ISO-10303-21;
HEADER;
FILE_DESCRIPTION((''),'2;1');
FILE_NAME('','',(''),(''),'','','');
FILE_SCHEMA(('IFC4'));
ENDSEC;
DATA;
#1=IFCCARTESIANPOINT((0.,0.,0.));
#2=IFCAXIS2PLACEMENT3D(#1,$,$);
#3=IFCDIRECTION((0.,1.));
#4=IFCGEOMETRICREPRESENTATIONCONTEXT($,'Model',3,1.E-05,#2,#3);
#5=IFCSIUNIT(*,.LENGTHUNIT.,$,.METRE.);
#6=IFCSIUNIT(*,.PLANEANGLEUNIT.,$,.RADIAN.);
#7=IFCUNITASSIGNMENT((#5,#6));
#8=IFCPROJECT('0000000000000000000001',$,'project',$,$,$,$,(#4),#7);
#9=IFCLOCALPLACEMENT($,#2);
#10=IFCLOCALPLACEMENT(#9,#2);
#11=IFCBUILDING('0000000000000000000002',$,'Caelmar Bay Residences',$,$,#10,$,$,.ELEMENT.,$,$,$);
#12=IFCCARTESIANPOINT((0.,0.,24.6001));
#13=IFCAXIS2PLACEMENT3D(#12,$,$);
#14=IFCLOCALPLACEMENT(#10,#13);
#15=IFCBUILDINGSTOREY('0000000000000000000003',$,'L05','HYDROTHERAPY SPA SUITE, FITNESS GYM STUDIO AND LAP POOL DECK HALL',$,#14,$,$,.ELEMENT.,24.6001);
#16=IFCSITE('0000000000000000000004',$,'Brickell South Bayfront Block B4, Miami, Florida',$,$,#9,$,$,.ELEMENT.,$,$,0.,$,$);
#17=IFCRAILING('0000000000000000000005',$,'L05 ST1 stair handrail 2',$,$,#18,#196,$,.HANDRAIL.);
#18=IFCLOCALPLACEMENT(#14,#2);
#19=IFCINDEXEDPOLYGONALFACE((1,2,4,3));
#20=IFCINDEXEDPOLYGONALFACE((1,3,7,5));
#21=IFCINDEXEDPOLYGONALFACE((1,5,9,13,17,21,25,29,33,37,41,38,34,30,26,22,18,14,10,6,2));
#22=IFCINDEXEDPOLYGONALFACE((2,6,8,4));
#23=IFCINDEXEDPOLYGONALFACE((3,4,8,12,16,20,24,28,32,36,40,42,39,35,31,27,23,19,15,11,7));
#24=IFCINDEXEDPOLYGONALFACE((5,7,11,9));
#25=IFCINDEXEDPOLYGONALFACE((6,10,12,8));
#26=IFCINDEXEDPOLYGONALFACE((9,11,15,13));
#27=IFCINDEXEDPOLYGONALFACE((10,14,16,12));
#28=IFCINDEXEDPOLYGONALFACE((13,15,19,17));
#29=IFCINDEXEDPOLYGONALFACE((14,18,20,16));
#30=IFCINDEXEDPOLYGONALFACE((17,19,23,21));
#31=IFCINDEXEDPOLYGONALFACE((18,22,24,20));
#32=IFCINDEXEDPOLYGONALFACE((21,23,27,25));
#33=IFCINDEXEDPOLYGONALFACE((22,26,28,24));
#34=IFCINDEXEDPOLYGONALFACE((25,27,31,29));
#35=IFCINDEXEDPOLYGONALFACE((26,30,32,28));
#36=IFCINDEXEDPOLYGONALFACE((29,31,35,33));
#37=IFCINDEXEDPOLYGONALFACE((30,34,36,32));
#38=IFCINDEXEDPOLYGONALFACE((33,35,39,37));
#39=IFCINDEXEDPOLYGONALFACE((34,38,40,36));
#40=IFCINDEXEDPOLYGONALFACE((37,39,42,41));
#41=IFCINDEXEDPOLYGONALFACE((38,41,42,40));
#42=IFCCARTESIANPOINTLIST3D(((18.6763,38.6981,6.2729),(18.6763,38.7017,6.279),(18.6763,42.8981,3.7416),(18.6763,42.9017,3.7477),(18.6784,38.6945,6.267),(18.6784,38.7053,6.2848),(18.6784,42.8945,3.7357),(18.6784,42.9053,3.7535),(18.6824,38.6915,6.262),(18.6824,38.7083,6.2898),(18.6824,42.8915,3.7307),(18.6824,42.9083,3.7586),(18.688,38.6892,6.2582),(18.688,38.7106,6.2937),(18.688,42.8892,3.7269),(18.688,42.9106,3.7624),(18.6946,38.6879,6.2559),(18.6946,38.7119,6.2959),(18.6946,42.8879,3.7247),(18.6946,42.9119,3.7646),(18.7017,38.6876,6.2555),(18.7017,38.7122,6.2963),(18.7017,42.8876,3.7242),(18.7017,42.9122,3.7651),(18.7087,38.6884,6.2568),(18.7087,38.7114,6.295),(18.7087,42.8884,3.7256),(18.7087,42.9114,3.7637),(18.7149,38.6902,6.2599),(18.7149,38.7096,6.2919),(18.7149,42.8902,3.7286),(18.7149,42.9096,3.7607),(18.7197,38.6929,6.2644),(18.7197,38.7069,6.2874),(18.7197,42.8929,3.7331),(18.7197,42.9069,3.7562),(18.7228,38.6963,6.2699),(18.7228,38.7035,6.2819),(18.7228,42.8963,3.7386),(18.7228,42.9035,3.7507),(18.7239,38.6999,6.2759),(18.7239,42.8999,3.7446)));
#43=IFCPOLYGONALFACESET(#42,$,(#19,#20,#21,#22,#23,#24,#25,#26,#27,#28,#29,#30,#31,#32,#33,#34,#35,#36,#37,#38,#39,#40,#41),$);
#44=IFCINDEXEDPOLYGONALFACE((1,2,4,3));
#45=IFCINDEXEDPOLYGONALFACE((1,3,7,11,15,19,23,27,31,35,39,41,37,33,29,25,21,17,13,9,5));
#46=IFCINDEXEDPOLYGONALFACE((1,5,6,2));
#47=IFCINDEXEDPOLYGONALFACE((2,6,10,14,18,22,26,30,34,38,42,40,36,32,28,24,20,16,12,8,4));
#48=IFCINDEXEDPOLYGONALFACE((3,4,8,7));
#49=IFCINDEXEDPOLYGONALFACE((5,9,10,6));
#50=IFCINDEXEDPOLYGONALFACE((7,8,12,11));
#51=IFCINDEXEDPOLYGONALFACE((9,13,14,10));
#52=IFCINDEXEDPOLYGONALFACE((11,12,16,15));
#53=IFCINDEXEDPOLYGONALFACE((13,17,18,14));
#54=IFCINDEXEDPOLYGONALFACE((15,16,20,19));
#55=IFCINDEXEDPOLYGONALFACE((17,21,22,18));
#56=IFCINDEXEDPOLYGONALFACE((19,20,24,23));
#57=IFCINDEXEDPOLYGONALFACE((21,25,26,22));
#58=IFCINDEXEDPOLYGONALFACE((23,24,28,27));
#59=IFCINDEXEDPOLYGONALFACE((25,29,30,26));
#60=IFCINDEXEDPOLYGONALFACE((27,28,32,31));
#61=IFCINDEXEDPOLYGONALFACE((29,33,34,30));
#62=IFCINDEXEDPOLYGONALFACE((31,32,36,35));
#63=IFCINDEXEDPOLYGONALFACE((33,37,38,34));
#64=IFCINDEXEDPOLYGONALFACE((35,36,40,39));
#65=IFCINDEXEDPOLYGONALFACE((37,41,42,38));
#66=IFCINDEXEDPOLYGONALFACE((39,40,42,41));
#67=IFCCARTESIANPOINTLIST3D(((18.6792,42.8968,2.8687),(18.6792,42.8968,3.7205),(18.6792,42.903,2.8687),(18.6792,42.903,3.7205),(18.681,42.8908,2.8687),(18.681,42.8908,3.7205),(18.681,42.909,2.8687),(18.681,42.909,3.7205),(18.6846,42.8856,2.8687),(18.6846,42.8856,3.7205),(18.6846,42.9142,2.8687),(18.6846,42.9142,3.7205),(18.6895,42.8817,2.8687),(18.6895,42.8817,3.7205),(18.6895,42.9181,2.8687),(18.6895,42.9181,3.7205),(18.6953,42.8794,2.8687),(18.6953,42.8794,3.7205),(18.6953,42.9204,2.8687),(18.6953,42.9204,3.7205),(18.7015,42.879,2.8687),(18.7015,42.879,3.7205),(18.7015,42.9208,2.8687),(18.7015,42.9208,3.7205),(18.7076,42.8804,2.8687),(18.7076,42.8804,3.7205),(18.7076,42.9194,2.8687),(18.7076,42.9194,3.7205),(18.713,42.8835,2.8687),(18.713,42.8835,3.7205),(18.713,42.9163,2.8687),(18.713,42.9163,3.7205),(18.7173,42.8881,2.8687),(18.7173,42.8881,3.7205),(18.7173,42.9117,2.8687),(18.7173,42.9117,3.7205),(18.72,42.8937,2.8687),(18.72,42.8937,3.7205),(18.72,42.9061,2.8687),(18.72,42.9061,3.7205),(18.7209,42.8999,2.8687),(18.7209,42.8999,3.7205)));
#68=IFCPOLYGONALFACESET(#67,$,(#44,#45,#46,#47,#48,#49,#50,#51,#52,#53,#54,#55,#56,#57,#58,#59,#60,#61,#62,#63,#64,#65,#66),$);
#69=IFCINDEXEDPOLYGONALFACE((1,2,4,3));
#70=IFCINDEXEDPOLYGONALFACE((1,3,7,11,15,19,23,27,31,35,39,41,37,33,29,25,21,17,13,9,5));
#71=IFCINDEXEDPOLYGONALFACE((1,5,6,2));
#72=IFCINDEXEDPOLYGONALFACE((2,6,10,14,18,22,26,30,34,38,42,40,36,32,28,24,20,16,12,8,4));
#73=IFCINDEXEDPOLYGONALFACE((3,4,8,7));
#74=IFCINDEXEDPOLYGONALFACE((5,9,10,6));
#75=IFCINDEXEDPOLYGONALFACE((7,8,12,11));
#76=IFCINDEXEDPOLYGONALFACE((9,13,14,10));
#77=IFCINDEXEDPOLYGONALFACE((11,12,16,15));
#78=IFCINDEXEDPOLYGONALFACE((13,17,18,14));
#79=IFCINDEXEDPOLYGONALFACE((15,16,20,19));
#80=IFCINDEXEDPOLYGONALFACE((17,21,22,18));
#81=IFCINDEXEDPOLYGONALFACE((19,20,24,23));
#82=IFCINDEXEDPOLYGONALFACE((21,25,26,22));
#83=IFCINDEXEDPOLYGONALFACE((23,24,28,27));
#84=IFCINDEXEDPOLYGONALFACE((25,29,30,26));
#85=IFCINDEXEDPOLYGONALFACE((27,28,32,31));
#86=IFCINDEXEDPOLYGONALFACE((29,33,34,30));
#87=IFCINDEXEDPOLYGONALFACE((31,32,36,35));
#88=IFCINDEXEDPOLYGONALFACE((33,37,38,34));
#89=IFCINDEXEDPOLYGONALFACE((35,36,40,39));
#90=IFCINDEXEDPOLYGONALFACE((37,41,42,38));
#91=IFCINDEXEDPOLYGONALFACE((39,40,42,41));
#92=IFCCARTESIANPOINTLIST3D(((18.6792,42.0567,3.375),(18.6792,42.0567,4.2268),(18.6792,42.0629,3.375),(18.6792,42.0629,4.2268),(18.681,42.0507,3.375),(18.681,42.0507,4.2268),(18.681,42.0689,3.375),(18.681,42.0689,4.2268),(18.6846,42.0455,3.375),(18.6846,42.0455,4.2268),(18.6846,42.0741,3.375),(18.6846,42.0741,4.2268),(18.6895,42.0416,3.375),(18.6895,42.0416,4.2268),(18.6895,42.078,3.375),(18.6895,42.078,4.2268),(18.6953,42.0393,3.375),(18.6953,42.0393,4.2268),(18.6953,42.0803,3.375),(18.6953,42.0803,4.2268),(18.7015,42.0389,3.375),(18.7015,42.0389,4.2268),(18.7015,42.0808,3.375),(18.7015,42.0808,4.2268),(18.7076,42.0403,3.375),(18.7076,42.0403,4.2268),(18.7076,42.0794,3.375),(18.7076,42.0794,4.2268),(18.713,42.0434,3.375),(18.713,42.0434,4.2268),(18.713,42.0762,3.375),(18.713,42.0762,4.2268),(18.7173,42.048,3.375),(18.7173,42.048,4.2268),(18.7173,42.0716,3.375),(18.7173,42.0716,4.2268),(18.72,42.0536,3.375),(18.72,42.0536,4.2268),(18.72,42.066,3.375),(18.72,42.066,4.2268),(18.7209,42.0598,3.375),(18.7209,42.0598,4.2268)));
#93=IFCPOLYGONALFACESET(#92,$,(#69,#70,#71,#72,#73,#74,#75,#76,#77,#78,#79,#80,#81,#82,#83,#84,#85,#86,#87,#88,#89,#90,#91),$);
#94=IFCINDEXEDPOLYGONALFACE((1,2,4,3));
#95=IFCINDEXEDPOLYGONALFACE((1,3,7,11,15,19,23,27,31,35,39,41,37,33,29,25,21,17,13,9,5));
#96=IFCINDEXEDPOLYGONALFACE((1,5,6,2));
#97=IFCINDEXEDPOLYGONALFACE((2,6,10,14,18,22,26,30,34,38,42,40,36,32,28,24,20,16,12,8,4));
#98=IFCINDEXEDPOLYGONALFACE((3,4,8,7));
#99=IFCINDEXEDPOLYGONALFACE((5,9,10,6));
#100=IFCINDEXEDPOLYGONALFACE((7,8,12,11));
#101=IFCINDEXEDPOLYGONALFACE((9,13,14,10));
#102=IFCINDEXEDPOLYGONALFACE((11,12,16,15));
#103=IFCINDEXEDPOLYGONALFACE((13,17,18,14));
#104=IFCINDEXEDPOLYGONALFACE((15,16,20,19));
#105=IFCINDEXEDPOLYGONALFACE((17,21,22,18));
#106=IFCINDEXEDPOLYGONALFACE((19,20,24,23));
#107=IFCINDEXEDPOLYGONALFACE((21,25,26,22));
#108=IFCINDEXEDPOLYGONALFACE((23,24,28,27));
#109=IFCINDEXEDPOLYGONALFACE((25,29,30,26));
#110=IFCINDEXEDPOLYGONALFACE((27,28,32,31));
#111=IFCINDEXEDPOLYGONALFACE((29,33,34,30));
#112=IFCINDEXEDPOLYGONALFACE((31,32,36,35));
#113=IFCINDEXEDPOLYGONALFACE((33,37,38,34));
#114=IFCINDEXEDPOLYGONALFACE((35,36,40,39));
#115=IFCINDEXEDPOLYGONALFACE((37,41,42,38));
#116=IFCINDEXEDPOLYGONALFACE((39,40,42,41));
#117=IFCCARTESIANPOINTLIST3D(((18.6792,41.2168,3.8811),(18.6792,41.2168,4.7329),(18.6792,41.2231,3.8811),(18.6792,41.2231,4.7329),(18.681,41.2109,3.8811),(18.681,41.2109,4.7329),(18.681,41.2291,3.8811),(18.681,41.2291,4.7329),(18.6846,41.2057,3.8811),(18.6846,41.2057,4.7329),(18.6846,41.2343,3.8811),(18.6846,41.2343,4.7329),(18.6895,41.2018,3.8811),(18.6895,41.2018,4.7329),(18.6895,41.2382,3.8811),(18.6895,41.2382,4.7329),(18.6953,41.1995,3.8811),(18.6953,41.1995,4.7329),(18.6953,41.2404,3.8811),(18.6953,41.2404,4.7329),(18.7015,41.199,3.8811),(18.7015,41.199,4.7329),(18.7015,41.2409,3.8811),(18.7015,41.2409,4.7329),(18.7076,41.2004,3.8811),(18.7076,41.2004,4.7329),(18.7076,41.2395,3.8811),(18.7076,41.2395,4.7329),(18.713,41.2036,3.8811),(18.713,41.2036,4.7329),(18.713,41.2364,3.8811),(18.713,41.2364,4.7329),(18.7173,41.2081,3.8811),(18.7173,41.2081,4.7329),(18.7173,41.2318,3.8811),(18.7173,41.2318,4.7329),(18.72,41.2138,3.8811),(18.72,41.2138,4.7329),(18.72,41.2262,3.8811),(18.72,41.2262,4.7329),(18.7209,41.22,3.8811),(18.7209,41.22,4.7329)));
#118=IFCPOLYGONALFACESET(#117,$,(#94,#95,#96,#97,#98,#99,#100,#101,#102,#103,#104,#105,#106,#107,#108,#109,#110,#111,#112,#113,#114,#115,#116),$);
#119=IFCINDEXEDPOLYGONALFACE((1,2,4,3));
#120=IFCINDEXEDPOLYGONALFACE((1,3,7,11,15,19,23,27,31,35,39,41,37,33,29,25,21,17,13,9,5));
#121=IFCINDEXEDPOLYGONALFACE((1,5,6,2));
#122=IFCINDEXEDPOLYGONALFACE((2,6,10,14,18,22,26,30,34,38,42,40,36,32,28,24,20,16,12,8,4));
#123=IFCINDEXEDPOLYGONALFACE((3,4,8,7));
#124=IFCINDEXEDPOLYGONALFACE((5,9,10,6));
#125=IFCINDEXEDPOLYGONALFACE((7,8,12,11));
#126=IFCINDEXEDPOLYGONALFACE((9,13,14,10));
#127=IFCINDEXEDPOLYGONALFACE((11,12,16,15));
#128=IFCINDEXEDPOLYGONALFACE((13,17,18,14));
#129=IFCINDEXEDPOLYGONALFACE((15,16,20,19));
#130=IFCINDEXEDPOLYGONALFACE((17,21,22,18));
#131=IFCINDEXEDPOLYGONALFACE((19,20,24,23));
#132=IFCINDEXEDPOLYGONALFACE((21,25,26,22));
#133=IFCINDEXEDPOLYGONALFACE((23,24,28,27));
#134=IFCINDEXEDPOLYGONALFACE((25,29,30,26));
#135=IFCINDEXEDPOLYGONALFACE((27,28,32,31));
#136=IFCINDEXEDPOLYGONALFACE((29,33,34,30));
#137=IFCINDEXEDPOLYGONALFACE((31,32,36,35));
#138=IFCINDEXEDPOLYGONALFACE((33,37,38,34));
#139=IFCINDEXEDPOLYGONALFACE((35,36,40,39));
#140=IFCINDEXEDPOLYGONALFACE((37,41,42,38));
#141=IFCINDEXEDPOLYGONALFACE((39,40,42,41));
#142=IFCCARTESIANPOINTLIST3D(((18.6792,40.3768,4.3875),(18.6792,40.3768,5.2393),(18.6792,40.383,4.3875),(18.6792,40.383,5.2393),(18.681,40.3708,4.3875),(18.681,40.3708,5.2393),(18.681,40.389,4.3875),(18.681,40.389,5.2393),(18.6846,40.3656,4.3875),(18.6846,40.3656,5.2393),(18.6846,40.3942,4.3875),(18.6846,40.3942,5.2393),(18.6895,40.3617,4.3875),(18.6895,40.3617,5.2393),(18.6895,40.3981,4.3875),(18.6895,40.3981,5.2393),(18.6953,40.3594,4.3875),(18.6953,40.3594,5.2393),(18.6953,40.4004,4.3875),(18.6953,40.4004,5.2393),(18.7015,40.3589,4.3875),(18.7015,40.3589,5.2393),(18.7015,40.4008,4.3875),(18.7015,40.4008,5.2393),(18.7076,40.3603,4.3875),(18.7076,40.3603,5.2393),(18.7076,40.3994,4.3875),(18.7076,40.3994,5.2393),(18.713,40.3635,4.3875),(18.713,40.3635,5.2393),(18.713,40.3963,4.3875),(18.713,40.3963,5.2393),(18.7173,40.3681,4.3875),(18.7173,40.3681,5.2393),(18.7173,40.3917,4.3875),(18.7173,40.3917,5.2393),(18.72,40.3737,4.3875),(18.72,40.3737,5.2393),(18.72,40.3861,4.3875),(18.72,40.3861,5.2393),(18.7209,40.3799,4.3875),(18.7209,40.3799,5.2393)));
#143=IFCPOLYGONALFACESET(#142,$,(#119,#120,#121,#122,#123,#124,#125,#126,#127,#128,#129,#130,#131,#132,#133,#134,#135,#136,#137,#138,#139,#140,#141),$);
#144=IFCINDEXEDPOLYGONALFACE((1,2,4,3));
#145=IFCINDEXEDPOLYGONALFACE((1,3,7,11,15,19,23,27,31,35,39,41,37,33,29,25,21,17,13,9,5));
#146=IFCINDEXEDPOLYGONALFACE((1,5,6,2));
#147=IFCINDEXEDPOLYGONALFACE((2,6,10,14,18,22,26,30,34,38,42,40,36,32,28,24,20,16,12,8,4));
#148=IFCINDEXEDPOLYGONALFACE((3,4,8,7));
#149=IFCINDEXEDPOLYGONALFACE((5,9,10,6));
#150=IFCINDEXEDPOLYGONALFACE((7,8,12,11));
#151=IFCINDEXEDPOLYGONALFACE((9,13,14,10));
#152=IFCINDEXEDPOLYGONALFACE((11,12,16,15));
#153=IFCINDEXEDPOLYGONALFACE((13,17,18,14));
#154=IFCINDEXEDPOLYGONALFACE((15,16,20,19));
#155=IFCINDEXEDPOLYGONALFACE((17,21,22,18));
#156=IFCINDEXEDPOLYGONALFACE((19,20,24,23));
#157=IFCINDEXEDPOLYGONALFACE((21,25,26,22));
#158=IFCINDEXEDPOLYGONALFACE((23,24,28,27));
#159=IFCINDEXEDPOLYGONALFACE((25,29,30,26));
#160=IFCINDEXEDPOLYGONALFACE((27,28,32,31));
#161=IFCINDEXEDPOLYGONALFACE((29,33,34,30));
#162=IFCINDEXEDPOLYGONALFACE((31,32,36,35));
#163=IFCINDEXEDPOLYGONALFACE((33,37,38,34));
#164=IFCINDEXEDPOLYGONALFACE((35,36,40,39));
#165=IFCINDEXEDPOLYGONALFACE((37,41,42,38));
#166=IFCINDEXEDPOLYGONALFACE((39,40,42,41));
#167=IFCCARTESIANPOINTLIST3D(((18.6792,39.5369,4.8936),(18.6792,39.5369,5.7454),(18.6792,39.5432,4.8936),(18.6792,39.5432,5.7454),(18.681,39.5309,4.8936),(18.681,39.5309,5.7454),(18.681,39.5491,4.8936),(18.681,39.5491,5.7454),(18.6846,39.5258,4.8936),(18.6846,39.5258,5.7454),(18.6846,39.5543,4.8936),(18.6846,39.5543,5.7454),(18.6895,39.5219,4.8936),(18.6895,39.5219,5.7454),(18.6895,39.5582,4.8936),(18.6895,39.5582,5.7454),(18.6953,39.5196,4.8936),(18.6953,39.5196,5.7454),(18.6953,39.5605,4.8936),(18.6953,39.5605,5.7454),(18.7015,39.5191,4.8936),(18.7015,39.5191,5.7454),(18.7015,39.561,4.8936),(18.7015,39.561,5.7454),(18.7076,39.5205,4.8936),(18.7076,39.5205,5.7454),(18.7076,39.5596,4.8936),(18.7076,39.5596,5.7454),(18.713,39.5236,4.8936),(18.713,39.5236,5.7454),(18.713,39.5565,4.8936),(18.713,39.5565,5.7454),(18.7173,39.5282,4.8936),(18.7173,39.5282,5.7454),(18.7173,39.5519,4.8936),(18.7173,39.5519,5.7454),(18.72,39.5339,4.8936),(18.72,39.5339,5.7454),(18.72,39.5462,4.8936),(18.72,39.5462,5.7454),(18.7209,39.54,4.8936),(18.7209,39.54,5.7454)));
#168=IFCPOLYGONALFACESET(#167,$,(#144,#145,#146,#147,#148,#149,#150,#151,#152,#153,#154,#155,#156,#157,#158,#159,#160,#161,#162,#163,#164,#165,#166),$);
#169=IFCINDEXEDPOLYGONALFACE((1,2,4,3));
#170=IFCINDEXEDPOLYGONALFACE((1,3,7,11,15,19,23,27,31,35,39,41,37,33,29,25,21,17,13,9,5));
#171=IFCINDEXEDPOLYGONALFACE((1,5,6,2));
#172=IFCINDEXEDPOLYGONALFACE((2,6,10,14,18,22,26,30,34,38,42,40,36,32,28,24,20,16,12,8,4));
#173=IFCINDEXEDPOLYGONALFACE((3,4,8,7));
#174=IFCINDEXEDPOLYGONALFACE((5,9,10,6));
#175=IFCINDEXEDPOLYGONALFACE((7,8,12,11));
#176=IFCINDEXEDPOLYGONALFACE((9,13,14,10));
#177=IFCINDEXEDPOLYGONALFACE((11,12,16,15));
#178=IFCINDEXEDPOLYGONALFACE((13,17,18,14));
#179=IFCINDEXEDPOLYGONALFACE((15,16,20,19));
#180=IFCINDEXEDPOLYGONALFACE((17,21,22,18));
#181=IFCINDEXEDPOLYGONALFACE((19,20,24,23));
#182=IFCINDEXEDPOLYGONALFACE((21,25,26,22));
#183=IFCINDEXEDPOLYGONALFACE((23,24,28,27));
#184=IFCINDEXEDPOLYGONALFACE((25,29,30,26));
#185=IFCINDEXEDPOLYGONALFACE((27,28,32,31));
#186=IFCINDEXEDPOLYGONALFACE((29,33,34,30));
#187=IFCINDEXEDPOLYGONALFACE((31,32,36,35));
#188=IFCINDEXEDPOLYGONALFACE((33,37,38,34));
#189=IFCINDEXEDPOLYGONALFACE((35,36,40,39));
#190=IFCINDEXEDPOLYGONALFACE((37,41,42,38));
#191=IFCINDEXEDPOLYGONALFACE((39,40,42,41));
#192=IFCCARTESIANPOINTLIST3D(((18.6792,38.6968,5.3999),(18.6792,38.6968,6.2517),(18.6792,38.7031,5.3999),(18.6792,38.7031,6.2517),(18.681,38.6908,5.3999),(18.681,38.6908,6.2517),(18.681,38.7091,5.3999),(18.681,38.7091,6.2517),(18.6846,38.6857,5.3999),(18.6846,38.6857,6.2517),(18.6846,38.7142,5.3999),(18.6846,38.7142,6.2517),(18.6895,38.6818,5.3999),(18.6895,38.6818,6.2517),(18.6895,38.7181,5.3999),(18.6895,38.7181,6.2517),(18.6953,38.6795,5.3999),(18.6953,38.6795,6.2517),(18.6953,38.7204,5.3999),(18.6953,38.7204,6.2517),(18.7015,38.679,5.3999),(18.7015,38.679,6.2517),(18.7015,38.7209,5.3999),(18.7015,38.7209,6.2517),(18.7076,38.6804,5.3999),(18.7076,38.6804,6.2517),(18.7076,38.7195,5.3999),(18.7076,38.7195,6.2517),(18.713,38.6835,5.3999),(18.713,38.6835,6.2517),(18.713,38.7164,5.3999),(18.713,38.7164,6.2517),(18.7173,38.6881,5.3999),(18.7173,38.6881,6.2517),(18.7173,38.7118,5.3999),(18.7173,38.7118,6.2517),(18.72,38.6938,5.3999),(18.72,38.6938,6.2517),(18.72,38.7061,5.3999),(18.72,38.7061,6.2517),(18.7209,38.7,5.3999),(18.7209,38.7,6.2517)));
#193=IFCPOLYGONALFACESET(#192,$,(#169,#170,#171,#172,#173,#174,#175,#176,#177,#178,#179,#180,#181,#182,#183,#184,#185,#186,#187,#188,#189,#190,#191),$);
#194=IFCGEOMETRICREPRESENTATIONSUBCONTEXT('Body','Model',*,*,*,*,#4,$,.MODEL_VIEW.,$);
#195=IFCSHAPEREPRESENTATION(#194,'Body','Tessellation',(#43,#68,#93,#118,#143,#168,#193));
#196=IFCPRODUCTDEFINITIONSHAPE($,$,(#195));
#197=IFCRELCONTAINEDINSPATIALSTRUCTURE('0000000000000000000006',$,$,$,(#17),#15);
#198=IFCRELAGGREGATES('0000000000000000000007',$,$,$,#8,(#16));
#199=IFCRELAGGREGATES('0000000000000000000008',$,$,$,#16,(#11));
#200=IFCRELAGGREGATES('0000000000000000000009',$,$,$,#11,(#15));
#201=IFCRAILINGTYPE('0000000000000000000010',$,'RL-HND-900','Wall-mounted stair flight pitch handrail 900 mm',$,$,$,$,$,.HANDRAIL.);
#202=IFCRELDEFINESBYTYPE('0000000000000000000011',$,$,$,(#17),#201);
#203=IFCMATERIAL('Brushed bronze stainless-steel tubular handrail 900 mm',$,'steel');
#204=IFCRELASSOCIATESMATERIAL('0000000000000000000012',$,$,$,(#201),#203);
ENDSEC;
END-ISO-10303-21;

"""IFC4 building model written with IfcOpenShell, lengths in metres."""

from ifc_helpers import new_model, si_unit, direction, frame, origin, origin_2d, place, context, subcontext, project, spatial, circle, extrude, material, type_object, element, save


model = new_model("IFC4")

# Units and contexts
model_context = context("Model", 3, precision=1e-05, world=origin(), true_north=direction((0.0, 1.0)))
body_context = subcontext(model_context, "Body", "Model", "MODEL_VIEW")
ifc_project = project(units=[si_unit("LENGTHUNIT", "METRE"), si_unit("PLANEANGLEUNIT", "RADIAN")], contexts=[model_context])

# Site, building, storey
site_placement = place(None, origin())
site = spatial("IfcSite", under=ifc_project, at=site_placement, Name="Brickell South Bayfront Block B4, Miami, Florida", CompositionType="ELEMENT", RefElevation=0.0)
building_placement = place(site_placement, origin())
building = spatial("IfcBuilding", under=site, at=building_placement, Name="Caelmar Bay Residences", CompositionType="ELEMENT")
storey_placement = place(building_placement, frame((0.0, 0.0, 24.6001)))
storey = spatial("IfcBuildingStorey", under=building, at=storey_placement, Name="L05", Description="HYDROTHERAPY SPA SUITE, FITNESS GYM STUDIO AND LAP POOL DECK HALL", CompositionType="ELEMENT", Elevation=24.6001)

# Railing
ifc_material_1 = material(Name="Brushed bronze stainless-steel tubular handrail 900 mm", Category="steel")
railing_type_1 = type_object("IfcRailingType", Name="RL-HND-900", Description="Wall-mounted stair flight pitch handrail 900 mm", PredefinedType="HANDRAIL", material=ifc_material_1)
railing_1_placement = place(storey_placement, frame((18.7, 42.8999, 2.8687)))
element("IfcRailing", 1, at=railing_1_placement, inside=storey, type_object=railing_type_1, Name="L05 ST1 stair handrail 2", PredefinedType="HANDRAIL", context=body_context, shape_type="SweptSolid", body=[
    extrude(circle(Radius=0.0239, at=origin_2d()), frame((0.0, 0.0, 0.876), z_axis=(0.0, -0.856476, 0.516186), x_axis=(1.0, 0.0, 0.0)), (0.0, 0.0, 1.0), 4.9038),
    extrude(circle(Radius=0.021, at=origin_2d()), origin(), (0.0, 0.0, 1.0), 0.8518),
    extrude(circle(Radius=0.021, at=origin_2d()), frame((0.0, -0.8401, 0.5063)), (0.0, 0.0, 1.0), 0.8518),
    extrude(circle(Radius=0.021, at=origin_2d()), frame((0.0, -1.6799, 1.0125)), (0.0, 0.0, 1.0), 0.8518),
    extrude(circle(Radius=0.021, at=origin_2d()), frame((0.0, -2.52, 1.5188)), (0.0, 0.0, 1.0), 0.8518),
    extrude(circle(Radius=0.021, at=origin_2d()), frame((0.0, -3.3599, 2.0249)), (0.0, 0.0, 1.0), 0.8518),
    extrude(circle(Radius=0.021, at=origin_2d()), frame((0.0, -4.2, 2.5312)), (0.0, 0.0, 1.0), 0.8518),
])

save(model, "model.ifc")
